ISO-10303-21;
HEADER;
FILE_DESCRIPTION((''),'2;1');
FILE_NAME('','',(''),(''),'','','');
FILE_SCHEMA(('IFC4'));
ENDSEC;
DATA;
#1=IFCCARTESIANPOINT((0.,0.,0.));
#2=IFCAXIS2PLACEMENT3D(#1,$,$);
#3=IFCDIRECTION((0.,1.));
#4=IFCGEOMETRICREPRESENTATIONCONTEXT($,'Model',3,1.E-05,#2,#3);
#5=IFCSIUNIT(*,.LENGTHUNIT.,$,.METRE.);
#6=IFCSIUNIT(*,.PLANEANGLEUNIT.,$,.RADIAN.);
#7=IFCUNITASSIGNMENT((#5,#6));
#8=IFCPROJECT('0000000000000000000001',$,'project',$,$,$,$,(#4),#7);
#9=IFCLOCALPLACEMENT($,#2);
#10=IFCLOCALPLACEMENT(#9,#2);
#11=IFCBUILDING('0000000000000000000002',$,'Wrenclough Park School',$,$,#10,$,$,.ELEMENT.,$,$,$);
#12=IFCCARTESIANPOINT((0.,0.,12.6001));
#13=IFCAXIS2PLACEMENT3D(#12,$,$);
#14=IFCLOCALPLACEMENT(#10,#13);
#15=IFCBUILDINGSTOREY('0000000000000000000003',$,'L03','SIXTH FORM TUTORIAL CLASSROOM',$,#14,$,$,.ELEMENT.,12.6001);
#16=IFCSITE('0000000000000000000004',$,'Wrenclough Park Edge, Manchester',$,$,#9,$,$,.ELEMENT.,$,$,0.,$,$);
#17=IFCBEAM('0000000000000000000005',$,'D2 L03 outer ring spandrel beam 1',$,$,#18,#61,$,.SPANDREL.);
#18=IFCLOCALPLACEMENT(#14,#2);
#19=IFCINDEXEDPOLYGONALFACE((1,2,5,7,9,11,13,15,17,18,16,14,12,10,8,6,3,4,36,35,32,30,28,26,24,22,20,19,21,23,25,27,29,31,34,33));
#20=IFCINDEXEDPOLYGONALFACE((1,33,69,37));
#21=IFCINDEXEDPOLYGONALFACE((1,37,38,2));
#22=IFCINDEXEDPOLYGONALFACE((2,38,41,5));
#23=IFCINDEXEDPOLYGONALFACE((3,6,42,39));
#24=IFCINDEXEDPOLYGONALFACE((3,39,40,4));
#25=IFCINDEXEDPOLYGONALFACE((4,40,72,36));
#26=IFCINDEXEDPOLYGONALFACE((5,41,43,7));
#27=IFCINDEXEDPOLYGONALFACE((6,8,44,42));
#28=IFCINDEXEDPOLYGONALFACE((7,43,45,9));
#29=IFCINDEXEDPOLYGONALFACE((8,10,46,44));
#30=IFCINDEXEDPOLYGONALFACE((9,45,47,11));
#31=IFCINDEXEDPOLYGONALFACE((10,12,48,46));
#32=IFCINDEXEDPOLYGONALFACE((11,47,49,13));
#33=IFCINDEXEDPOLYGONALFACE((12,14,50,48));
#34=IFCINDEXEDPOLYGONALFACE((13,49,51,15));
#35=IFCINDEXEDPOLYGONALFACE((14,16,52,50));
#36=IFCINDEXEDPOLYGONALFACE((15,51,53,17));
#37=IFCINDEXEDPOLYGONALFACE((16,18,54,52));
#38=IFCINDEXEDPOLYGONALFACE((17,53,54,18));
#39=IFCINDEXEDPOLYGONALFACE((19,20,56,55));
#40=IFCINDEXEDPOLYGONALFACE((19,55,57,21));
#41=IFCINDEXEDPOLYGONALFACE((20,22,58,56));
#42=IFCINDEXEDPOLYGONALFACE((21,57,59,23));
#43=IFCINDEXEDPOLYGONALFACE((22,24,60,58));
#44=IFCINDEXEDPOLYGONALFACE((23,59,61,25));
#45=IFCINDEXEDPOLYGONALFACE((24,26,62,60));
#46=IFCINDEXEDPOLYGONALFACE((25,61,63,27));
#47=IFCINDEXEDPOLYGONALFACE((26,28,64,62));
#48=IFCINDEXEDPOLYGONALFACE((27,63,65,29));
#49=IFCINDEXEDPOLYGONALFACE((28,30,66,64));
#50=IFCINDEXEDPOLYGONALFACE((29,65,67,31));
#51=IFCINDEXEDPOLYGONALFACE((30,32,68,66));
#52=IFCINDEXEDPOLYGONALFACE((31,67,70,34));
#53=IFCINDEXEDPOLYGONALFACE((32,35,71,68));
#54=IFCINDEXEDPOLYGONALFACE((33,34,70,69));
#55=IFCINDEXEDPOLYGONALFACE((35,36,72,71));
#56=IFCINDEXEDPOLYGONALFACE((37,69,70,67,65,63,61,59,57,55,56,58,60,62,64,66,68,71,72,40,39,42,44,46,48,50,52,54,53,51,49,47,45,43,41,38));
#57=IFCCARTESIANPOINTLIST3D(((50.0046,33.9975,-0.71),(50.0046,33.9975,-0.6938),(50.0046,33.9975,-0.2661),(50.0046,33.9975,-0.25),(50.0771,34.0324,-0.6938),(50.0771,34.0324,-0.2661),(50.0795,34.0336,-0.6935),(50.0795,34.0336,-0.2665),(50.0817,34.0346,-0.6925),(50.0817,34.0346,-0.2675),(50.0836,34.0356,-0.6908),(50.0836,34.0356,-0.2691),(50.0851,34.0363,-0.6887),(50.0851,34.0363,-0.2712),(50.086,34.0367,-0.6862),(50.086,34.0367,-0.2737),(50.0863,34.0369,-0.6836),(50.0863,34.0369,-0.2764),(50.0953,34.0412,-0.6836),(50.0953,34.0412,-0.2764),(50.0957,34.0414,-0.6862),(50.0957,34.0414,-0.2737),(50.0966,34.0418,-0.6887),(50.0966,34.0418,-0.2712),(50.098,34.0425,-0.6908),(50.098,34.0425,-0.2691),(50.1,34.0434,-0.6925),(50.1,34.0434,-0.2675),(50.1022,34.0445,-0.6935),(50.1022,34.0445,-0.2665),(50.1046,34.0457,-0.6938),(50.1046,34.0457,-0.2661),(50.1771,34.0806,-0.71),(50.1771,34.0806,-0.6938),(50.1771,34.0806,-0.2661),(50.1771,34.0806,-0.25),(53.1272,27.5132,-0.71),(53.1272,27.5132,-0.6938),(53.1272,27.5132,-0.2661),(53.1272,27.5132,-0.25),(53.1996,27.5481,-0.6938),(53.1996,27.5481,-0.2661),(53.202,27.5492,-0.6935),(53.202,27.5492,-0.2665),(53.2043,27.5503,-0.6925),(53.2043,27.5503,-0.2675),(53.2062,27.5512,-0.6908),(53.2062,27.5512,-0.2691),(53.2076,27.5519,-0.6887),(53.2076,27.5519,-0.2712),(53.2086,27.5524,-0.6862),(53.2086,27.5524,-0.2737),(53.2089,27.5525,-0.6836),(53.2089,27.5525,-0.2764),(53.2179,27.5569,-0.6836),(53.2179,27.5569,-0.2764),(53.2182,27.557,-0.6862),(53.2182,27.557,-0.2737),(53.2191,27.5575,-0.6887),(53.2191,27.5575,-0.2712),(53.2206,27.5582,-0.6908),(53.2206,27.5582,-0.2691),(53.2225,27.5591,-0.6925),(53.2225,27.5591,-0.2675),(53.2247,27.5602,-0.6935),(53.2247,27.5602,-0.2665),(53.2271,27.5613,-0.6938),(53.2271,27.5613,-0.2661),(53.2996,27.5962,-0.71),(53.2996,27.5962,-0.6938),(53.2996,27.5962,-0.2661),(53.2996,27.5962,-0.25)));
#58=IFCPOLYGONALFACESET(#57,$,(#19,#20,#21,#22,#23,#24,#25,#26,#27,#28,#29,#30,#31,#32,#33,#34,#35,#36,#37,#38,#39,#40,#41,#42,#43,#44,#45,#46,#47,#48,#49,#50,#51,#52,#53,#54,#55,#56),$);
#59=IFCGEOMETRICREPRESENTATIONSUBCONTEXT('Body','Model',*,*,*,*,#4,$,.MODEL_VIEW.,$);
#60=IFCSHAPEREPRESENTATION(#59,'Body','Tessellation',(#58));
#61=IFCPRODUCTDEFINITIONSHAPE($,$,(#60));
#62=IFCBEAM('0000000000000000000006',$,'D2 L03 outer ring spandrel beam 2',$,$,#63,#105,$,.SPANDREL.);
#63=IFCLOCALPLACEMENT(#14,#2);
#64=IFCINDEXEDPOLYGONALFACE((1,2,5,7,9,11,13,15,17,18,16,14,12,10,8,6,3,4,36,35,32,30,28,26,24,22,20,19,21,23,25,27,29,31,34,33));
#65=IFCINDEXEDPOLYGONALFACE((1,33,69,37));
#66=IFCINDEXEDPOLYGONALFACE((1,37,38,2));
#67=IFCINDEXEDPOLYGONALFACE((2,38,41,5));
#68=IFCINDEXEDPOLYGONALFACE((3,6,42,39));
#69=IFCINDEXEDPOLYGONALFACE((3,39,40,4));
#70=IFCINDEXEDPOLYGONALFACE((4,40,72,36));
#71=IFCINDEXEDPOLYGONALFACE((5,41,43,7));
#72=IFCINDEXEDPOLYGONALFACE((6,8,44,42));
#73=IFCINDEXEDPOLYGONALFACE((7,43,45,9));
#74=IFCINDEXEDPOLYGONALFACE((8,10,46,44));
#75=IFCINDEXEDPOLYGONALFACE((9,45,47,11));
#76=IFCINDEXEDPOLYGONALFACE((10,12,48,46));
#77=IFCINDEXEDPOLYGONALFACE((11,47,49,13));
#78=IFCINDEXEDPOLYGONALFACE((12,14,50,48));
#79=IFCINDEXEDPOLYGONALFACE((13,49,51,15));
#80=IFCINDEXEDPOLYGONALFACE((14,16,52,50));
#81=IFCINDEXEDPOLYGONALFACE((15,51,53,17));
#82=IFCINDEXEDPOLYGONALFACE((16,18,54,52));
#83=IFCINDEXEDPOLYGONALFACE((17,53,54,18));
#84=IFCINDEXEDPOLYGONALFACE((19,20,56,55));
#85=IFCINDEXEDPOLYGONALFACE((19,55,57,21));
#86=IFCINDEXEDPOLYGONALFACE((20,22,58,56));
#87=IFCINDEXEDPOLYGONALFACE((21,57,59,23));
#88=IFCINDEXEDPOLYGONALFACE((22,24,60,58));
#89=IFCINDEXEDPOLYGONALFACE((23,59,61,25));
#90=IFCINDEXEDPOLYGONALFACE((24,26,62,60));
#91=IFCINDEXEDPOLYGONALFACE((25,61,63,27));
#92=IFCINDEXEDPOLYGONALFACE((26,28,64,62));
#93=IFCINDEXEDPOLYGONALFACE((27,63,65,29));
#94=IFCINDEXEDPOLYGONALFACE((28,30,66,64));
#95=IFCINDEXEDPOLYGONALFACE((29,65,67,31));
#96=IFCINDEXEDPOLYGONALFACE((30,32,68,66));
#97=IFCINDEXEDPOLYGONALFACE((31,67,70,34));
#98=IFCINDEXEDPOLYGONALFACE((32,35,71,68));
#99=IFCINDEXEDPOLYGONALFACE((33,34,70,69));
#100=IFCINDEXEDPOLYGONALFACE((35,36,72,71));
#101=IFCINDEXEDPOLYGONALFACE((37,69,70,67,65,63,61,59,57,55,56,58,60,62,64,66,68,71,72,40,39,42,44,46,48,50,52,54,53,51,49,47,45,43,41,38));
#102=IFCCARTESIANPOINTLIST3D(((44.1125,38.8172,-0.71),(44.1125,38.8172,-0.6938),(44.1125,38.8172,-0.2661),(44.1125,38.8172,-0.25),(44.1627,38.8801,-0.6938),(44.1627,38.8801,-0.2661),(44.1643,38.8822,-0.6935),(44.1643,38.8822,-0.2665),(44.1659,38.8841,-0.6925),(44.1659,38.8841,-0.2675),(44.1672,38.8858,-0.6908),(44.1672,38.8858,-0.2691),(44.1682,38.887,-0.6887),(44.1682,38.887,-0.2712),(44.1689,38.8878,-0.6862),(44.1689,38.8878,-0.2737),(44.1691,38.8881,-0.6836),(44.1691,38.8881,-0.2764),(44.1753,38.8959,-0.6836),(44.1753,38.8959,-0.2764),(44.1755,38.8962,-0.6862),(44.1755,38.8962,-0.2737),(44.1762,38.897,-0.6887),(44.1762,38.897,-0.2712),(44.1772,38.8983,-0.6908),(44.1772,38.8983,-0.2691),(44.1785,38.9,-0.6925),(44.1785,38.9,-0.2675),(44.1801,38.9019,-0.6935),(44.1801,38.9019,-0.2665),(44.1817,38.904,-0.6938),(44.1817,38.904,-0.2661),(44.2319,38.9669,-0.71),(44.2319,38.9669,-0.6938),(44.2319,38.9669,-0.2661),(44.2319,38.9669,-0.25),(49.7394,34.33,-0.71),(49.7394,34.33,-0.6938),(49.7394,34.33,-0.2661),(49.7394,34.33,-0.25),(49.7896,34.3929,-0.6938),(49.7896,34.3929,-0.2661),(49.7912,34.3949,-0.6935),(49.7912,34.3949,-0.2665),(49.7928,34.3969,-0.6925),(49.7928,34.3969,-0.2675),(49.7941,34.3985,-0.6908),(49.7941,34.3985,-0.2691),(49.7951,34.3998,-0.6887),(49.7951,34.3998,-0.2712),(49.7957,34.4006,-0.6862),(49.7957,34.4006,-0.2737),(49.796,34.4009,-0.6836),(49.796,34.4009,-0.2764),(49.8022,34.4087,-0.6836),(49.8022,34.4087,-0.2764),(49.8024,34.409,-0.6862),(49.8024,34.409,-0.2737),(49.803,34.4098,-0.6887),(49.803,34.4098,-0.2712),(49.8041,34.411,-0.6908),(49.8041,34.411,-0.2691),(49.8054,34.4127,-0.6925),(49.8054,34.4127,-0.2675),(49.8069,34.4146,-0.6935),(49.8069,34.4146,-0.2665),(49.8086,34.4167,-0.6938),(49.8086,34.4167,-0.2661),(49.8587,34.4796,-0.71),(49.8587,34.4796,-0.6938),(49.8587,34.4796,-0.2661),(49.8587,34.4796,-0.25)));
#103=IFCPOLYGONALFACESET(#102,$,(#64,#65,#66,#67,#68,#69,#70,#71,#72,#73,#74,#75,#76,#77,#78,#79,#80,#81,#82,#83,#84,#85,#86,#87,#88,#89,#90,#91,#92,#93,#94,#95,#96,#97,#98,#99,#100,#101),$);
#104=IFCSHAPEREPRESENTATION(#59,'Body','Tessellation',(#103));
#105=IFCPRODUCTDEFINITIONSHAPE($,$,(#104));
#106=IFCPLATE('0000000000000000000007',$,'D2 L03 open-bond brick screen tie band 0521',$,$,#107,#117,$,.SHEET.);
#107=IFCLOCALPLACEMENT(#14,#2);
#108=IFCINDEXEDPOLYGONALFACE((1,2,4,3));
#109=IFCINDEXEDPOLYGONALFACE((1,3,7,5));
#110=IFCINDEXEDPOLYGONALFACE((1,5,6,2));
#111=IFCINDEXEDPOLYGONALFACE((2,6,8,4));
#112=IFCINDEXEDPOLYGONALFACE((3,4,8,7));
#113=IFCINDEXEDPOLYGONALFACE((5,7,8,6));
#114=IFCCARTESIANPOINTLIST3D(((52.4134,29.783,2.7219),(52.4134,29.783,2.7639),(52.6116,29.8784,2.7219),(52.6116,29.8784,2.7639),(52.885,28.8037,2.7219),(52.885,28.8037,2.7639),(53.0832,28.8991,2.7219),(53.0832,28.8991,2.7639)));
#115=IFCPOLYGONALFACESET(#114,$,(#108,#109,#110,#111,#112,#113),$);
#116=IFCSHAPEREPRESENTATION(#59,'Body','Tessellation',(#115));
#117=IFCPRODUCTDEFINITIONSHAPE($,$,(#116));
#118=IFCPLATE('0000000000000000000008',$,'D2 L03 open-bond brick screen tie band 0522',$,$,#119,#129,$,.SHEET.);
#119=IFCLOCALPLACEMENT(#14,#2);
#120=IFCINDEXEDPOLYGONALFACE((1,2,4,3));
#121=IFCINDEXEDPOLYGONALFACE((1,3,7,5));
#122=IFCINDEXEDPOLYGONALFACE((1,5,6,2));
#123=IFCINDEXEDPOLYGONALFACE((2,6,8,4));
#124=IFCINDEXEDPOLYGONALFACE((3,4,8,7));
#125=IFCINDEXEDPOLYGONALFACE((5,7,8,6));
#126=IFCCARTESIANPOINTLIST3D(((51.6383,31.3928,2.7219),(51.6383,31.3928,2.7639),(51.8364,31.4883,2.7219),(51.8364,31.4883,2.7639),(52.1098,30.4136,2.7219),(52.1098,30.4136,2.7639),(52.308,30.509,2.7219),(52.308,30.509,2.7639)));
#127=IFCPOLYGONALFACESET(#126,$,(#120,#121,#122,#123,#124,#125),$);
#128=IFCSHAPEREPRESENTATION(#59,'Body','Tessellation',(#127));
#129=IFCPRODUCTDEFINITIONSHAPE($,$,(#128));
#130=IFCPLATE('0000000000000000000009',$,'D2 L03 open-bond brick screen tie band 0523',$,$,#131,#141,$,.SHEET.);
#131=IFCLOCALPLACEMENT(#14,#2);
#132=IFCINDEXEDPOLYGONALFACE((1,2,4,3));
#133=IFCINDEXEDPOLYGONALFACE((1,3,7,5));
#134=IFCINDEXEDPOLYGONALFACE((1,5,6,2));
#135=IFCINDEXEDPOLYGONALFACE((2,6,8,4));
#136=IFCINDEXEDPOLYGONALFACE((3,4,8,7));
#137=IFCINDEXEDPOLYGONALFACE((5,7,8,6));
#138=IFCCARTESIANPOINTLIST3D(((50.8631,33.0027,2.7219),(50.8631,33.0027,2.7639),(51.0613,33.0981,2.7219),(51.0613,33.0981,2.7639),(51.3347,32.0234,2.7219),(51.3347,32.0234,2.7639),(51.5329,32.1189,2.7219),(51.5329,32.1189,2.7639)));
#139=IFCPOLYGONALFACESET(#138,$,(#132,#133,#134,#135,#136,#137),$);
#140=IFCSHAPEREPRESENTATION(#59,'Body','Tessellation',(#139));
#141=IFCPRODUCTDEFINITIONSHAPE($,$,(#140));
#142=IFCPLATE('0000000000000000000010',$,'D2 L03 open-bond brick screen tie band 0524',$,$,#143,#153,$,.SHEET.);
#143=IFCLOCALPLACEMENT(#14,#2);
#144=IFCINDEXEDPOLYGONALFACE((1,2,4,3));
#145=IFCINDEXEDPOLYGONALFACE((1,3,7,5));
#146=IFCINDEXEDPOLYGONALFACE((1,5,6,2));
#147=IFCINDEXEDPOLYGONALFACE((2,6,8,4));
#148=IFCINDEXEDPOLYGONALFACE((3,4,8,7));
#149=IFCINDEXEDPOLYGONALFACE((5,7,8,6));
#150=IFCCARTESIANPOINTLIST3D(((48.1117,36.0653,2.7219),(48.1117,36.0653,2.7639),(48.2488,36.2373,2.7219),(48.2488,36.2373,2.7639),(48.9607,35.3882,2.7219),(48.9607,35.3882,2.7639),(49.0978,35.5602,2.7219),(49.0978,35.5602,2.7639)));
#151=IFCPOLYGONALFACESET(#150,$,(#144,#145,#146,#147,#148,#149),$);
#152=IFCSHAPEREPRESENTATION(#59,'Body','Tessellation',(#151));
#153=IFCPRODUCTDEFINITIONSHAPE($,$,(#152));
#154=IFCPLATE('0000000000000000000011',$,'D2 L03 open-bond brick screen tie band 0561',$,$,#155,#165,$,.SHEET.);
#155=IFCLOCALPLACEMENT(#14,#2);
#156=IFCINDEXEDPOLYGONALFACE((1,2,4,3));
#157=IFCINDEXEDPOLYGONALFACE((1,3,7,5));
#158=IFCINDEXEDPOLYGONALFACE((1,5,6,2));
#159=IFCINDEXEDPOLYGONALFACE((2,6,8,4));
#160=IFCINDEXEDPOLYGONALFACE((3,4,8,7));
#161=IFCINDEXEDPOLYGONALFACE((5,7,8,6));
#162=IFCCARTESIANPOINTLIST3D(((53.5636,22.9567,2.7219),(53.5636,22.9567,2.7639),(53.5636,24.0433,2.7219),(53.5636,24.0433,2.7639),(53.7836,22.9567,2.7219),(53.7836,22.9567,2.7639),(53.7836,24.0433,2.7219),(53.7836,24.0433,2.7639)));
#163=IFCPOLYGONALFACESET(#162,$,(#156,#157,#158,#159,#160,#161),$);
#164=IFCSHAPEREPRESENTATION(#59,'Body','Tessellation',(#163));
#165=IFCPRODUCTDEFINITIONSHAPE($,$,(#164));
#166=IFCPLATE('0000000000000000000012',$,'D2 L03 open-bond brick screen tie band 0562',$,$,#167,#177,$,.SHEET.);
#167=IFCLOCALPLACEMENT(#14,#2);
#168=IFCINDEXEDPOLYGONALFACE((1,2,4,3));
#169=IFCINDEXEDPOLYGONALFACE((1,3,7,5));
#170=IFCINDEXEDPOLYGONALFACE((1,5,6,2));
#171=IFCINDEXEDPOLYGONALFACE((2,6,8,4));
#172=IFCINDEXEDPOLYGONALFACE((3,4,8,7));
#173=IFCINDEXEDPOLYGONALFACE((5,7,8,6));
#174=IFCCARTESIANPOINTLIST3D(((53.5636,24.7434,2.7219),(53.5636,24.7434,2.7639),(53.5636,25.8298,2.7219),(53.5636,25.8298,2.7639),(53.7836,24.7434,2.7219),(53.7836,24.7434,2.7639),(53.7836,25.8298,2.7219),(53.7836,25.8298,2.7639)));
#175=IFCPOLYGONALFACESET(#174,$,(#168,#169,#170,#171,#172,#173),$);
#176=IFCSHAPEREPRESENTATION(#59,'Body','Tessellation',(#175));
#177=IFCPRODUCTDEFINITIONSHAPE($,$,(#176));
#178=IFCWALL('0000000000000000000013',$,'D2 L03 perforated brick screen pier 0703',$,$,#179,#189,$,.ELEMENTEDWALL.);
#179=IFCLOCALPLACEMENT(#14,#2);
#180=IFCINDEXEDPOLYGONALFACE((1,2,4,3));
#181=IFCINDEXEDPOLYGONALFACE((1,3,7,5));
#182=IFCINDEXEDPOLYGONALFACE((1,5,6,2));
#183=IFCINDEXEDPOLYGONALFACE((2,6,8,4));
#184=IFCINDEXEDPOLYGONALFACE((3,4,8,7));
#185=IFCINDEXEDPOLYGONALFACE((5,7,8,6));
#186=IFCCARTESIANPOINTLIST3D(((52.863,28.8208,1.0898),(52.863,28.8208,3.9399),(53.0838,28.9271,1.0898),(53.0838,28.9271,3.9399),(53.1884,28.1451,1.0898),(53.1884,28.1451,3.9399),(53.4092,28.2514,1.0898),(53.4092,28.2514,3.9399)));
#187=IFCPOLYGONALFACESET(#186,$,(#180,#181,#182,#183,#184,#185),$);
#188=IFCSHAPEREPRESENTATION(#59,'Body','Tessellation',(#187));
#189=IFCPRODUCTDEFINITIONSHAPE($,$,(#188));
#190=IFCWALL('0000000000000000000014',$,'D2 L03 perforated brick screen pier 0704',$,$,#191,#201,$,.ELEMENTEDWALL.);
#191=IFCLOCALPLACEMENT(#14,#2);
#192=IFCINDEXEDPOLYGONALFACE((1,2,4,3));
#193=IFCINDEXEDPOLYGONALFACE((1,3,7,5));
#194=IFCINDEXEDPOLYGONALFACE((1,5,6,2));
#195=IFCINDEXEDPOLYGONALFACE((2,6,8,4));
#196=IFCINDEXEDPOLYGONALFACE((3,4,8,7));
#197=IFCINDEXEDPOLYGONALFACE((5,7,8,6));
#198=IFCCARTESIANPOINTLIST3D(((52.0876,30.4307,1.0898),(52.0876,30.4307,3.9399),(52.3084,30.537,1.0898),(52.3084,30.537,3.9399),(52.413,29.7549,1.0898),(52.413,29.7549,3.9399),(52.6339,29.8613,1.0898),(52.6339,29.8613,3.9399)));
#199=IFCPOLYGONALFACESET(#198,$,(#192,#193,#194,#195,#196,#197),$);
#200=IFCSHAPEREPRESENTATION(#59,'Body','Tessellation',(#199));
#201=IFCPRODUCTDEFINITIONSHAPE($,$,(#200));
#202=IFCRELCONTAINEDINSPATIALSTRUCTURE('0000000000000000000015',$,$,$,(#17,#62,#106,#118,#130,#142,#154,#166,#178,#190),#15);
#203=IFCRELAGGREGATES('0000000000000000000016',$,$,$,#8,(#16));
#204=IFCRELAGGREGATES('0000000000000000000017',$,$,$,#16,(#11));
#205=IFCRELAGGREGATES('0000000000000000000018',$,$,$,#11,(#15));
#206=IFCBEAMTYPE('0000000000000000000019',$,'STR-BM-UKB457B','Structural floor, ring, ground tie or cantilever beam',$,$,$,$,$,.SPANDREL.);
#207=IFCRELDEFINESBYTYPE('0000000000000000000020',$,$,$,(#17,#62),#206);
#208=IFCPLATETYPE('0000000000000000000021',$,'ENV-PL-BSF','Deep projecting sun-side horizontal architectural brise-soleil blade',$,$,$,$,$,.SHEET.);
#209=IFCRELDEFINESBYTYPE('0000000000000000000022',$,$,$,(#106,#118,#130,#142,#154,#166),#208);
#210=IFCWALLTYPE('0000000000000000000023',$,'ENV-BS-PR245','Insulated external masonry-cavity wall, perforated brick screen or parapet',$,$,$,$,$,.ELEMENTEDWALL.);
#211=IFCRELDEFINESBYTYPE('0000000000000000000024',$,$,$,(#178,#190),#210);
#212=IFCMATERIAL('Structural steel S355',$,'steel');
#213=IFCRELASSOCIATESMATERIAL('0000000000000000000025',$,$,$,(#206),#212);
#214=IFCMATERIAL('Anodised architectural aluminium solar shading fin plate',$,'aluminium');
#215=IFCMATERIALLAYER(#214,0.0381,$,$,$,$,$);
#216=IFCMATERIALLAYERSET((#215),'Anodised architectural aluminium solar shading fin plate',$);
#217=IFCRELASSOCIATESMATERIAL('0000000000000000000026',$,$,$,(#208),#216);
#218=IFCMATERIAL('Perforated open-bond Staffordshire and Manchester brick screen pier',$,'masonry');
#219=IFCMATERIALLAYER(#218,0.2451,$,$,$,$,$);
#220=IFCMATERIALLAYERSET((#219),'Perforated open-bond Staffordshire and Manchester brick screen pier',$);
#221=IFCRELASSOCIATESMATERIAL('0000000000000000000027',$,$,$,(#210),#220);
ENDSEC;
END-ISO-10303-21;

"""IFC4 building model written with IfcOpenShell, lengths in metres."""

from ifc_helpers import new_model, si_unit, direction, frame, frame_2d, origin, origin_2d, place, context, subcontext, project, spatial, rectangle, i_section, extrude, material, layer, layer_set, material_profile, profile_set, type_object, element, save


model = new_model("IFC4")

# Units and contexts
model_context = context("Model", 3, precision=1e-05, world=origin(), true_north=direction((0.0, 1.0)))
body_context = subcontext(model_context, "Body", "Model", "MODEL_VIEW")
ifc_project = project(units=[si_unit("LENGTHUNIT", "METRE"), si_unit("PLANEANGLEUNIT", "RADIAN")], contexts=[model_context])

# Site, building, storey
site_placement = place(None, origin())
site = spatial("IfcSite", under=ifc_project, at=site_placement, Name="Wrenclough Park Edge, Manchester", CompositionType="ELEMENT", RefElevation=0.0)
building_placement = place(site_placement, origin())
building = spatial("IfcBuilding", under=site, at=building_placement, Name="Wrenclough Park School", CompositionType="ELEMENT")
storey_placement = place(building_placement, frame((0.0, 0.0, 12.6001)))
storey = spatial("IfcBuildingStorey", under=building, at=storey_placement, Name="L03", Description="SIXTH FORM TUTORIAL CLASSROOM", CompositionType="ELEMENT", Elevation=12.6001)

# Beams
ifc_material_1 = material(Name="Structural steel S355", Category="steel")
ifc_material_profile_1 = material_profile(ifc_material_1, i_section(OverallWidth=0.1914, OverallDepth=0.46, WebThickness=0.01, FlangeThickness=0.0161, FilletRadius=0.0103, at=origin_2d()), Name="UKB 457x191x82")
ifc_profile_set_1 = profile_set([ifc_material_profile_1], Name="Structural steel S355")
beam_type = type_object("IfcBeamType", Name="STR-BM-UKB457B", Description="Structural floor, ring, ground tie or cantilever beam", PredefinedType="SPANDREL", material=ifc_profile_set_1)
for number, where, z_axis, x_axis, name in (
    (1, (53.2134, 27.5547, -0.48), (-0.433867, 0.900977, 0.0), (-0.900977, -0.433867, 0.0), "D2 L03 outer ring spandrel beam 1"),
    (2, (49.7991, 34.4048, -0.48), (-0.781834, 0.623486, 0.0), (-0.623486, -0.781834, 0.0), "D2 L03 outer ring spandrel beam 2"),
):
    element("IfcBeam", number, at=place(storey_placement, frame(where, z_axis=z_axis, x_axis=x_axis)), inside=storey, type_object=beam_type, Name=name, PredefinedType="SPANDREL", context=body_context, shape_type="SweptSolid", body=[
        extrude(i_section(OverallWidth=0.1914, OverallDepth=0.46, WebThickness=0.01, FlangeThickness=0.0161, FilletRadius=0.0103, at=origin_2d()), origin(), (0.0, 0.0, 1.0), 7.197),
    ])

# Plates
ifc_material_2 = material(Name="Anodised architectural aluminium solar shading fin plate", Category="aluminium")
ifc_layer_1 = layer(ifc_material_2, 0.0381)
ifc_layer_set_1 = layer_set([ifc_layer_1], Name="Anodised architectural aluminium solar shading fin plate")
plate_type = type_object("IfcPlateType", Name="ENV-PL-BSF", Description="Deep projecting sun-side horizontal architectural brise-soleil blade", PredefinedType="SHEET", material=ifc_layer_set_1)
for number, where, z_axis, x_axis, name in (
    (3, (52.7483, 29.3411, 2.7219), (0.0, 0.0, 1.0), (-0.433884, 0.900969, 0.0), "D2 L03 open-bond brick screen tie band 0521"),
    (4, (51.9731, 30.9509, 2.7219), (0.0, 0.0, 1.0), (-0.433884, 0.900969, 0.0), "D2 L03 open-bond brick screen tie band 0522"),
    (5, (51.198, 32.5608, 2.7219), (0.0, 0.0, 1.0), (-0.433884, 0.900969, 0.0), "D2 L03 open-bond brick screen tie band 0523"),
):
    element("IfcPlate", number, at=place(storey_placement, frame(where, z_axis=z_axis, x_axis=x_axis)), inside=storey, type_object=plate_type, Name=name, PredefinedType="SHEET", context=body_context, shape_type="SweptSolid", body=[
        extrude(rectangle(XDim=1.0869, YDim=0.22, at=origin_2d()), origin(), (0.0, 0.0, 1.0), 0.042),
    ])
plate_1_placement = place(storey_placement, frame((48.6047, 35.8127, 2.7219), z_axis=(0.0, 0.0, 1.0), x_axis=(-0.78183, 0.623492, 0.0)))
element("IfcPlate", 6, at=plate_1_placement, inside=storey, type_object=plate_type, Name="D2 L03 open-bond brick screen tie band 0524", PredefinedType="SHEET", context=body_context, shape_type="SweptSolid", body=[
    extrude(rectangle(XDim=1.0859, YDim=0.22, at=origin_2d()), origin(), (0.0, 0.0, 1.0), 0.042),
])
plate_2_placement = place(storey_placement, frame((53.6736, 23.5, 2.7219), z_axis=(0.0, 0.0, 1.0), x_axis=(0.0, 1.0, 0.0)))
element("IfcPlate", 7, at=plate_2_placement, inside=storey, type_object=plate_type, Name="D2 L03 open-bond brick screen tie band 0561", PredefinedType="SHEET", context=body_context, shape_type="SweptSolid", body=[
    extrude(rectangle(XDim=1.0867, YDim=0.22, at=origin_2d()), origin(), (0.0, 0.0, 1.0), 0.042),
])
plate_3_placement = place(storey_placement, frame((53.6736, 25.2866, 2.7219), z_axis=(0.0, 0.0, 1.0), x_axis=(0.0, 1.0, 0.0)))
element("IfcPlate", 8, at=plate_3_placement, inside=storey, type_object=plate_type, Name="D2 L03 open-bond brick screen tie band 0562", PredefinedType="SHEET", context=body_context, shape_type="SweptSolid", body=[
    extrude(rectangle(XDim=1.0864, YDim=0.22, at=origin_2d()), origin(), (0.0, 0.0, 1.0), 0.042),
])

# Walls
ifc_material_3 = material(Name="Perforated open-bond Staffordshire and Manchester brick screen pier", Category="masonry")
ifc_layer_2 = layer(ifc_material_3, 0.2451)
ifc_layer_set_2 = layer_set([ifc_layer_2], Name="Perforated open-bond Staffordshire and Manchester brick screen pier")
wall_type_1 = type_object("IfcWallType", Name="ENV-BS-PR245", Description="Insulated external masonry-cavity wall, perforated brick screen or parapet", PredefinedType="ELEMENTEDWALL", material=ifc_layer_set_2)
for number, where, z_axis, x_axis, name in (
    (9, (53.2988, 28.1982, 1.0898), (0.0, 0.0, 1.0), (-0.433884, 0.900969, 0.0), "D2 L03 perforated brick screen pier 0703"),
    (10, (52.5234, 29.8081, 1.0898), (0.0, 0.0, 1.0), (-0.433884, 0.900969, 0.0), "D2 L03 perforated brick screen pier 0704"),
):
    element("IfcWall", number, at=place(storey_placement, frame(where, z_axis=z_axis, x_axis=x_axis)), inside=storey, type_object=wall_type_1, Name=name, PredefinedType="ELEMENTEDWALL", context=body_context, shape_type="SweptSolid", body=[
        extrude(rectangle(XDim=0.75, YDim=0.2451, at=frame_2d((0.375, 0.0))), origin(), (0.0, 0.0, 1.0), 2.8501),
    ])

save(model, "model.ifc")
